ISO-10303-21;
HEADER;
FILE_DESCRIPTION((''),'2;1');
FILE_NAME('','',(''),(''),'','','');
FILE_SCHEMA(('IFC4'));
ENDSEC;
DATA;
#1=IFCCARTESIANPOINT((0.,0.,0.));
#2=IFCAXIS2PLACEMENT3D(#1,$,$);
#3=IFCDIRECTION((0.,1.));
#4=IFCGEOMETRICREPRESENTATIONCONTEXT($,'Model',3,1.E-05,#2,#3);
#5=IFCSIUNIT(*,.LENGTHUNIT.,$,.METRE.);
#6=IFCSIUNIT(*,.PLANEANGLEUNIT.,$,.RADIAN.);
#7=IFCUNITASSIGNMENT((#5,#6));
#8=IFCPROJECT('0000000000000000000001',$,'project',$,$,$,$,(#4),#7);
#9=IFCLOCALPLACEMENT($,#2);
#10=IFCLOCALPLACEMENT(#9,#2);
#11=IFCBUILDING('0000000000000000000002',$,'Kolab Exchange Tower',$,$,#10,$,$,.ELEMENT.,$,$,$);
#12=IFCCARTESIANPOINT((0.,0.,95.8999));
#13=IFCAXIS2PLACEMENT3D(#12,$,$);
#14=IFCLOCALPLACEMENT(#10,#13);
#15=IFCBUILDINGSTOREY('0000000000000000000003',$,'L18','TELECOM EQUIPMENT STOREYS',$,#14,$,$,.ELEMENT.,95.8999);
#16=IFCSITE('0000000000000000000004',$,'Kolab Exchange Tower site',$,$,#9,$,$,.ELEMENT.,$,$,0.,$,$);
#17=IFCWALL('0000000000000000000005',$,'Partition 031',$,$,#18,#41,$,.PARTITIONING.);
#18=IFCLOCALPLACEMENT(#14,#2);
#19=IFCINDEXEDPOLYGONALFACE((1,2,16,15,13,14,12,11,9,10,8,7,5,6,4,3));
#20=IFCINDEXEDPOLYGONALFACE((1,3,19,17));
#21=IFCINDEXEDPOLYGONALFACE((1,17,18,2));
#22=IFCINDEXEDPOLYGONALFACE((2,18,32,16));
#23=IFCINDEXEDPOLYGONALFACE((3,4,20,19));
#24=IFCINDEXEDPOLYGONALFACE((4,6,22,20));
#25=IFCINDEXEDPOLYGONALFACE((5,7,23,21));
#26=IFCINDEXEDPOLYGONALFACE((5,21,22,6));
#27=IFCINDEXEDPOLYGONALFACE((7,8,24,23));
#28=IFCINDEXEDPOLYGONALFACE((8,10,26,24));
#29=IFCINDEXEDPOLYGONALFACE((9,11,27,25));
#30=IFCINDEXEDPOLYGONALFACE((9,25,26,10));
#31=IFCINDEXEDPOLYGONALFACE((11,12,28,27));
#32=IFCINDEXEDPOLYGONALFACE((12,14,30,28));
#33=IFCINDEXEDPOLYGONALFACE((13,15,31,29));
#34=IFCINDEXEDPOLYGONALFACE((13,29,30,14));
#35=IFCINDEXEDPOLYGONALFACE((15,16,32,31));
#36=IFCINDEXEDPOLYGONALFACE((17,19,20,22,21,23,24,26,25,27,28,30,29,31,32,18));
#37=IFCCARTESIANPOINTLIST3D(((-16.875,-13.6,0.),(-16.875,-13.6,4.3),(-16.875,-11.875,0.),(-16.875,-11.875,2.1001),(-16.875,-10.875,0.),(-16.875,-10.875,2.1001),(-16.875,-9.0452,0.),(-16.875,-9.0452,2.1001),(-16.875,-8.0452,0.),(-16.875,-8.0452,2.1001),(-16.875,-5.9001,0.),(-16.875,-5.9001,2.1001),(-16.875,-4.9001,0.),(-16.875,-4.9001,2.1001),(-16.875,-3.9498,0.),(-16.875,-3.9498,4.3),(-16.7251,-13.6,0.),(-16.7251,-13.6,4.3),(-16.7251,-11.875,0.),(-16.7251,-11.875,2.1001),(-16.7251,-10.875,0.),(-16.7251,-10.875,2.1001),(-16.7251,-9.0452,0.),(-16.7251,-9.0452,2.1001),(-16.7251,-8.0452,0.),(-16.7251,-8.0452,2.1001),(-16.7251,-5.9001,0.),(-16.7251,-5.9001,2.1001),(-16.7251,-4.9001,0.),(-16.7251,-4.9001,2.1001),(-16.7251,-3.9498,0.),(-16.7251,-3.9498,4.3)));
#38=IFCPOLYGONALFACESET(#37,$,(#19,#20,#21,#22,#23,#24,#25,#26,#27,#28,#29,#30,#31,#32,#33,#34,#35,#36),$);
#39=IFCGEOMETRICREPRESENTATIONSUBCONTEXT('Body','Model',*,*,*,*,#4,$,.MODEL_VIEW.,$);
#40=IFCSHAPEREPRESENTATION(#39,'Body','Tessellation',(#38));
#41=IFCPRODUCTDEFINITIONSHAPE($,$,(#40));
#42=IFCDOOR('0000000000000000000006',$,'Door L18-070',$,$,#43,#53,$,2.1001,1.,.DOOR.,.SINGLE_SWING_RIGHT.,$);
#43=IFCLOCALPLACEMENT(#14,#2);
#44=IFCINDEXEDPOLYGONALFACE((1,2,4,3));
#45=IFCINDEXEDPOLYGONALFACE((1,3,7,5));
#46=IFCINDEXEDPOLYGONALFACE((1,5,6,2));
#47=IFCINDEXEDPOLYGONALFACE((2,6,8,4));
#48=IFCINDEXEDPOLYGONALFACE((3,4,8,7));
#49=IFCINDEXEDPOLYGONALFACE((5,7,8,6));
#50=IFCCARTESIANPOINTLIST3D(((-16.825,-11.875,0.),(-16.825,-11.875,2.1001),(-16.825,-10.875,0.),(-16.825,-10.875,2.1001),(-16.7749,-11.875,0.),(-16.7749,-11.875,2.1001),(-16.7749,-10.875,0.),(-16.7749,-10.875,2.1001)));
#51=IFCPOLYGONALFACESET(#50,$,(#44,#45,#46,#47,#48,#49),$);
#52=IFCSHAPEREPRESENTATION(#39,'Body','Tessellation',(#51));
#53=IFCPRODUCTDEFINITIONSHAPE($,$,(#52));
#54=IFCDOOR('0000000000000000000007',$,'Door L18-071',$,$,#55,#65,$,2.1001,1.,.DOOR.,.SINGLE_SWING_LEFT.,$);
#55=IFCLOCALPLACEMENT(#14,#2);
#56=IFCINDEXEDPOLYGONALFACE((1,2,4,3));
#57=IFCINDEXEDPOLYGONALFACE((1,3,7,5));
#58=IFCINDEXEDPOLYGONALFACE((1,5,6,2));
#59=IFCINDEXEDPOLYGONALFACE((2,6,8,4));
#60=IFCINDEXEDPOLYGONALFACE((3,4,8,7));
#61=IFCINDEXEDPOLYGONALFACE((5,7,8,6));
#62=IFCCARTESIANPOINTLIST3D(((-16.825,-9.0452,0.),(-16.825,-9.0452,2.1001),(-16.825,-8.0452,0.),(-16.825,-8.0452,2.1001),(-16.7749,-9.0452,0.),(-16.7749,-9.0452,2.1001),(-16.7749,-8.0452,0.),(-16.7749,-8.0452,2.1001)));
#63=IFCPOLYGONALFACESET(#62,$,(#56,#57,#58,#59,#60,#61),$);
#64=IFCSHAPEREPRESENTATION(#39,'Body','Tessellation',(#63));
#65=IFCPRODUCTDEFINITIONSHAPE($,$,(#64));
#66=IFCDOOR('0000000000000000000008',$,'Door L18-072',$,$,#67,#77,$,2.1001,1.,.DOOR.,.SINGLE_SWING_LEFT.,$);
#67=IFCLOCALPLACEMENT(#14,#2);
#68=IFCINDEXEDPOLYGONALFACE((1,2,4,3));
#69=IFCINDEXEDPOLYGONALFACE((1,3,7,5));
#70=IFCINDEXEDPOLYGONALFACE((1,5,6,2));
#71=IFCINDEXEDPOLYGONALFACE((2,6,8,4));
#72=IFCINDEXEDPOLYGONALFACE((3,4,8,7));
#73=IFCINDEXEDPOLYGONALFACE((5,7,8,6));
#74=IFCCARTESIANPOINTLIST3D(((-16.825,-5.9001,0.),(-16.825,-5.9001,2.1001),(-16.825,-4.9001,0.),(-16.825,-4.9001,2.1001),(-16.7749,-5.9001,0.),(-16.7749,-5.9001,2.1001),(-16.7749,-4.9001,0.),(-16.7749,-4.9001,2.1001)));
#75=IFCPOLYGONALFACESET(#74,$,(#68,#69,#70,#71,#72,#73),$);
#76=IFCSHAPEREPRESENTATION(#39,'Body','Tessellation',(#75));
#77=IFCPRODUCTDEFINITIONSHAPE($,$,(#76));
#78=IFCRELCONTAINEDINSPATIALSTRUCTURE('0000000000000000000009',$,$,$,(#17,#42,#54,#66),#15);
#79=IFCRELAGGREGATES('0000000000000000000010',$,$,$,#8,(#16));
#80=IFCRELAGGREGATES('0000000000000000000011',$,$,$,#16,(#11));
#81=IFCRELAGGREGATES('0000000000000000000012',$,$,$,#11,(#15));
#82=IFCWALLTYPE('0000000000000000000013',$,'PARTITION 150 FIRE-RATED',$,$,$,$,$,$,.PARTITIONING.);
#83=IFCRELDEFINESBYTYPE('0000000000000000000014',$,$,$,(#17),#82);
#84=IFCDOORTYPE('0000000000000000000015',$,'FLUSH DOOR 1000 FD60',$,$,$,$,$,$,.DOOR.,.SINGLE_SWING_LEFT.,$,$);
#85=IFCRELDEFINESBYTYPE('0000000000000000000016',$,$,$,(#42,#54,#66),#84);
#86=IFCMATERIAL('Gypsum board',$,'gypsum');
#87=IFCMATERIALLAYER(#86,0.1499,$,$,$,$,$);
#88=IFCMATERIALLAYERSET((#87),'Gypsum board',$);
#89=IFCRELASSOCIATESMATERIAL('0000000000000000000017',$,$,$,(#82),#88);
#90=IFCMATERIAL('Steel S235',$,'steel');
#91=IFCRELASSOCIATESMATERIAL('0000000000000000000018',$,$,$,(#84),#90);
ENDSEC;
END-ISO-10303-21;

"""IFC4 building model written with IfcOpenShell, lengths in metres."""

from ifc_helpers import new_model, si_unit, direction, frame, frame_2d, origin, place, context, subcontext, project, spatial, rectangle, extrude, material, layer, layer_set, type_object, element, fill, save


model = new_model("IFC4")

# Units and contexts
model_context = context("Model", 3, precision=1e-05, world=origin(), true_north=direction((0.0, 1.0)))
body_context = subcontext(model_context, "Body", "Model", "MODEL_VIEW")
ifc_project = project(units=[si_unit("LENGTHUNIT", "METRE"), si_unit("PLANEANGLEUNIT", "RADIAN")], contexts=[model_context])

# Site, building, storey
site_placement = place(None, origin())
site = spatial("IfcSite", under=ifc_project, at=site_placement, Name="Kolab Exchange Tower site", CompositionType="ELEMENT", RefElevation=0.0)
building_placement = place(site_placement, origin())
building = spatial("IfcBuilding", under=site, at=building_placement, Name="Kolab Exchange Tower", CompositionType="ELEMENT")
storey_placement = place(building_placement, frame((0.0, 0.0, 95.8999)))
storey = spatial("IfcBuildingStorey", under=building, at=storey_placement, Name="L18", Description="TELECOM EQUIPMENT STOREYS", CompositionType="ELEMENT", Elevation=95.8999)

# Shared definitions
ifc_material_1 = material(Name="Gypsum board", Category="gypsum")

# Wall, openings, doors
ifc_layer_1 = layer(ifc_material_1, 0.1499)
ifc_layer_set_1 = layer_set([ifc_layer_1], Name="Gypsum board")
wall_type_1 = type_object("IfcWallType", Name="PARTITION 150 FIRE-RATED", PredefinedType="PARTITIONING", material=ifc_layer_set_1)
wall_1_placement = place(storey_placement, frame((-16.8, -13.6001, 0.0), z_axis=(0.0, 0.0, 1.0), x_axis=(0.0, 1.0, 0.0)))
wall_1 = element("IfcWall", 1, at=wall_1_placement, inside=storey, type_object=wall_type_1, Name="Partition 031", PredefinedType="PARTITIONING", context=body_context, shape_type="SweptSolid", body=[
    extrude(rectangle(XDim=9.6501, YDim=0.1499, at=frame_2d((4.8252, 0.0))), origin(), (0.0, 0.0, 1.0), 4.3),
])
opening_1_placement = place(wall_1_placement, frame((1.7251, 0.0, 0.0)))
opening_1 = element("IfcOpeningElement", 2, at=opening_1_placement, cuts=wall_1, PredefinedType="OPENING", context=body_context, shape_type="SweptSolid", body=[
    extrude(rectangle(XDim=1.0, YDim=2.1001, at=frame_2d((0.5, 1.05))), frame((0.0, 0.085, 0.0), z_axis=(0.0, -1.0, 0.0), x_axis=(1.0, 0.0, 0.0)), (0.0, 0.0, 1.0), 0.1699),
])
opening_2_placement = place(wall_1_placement, frame((4.5549, 0.0, 0.0)))
opening_2 = element("IfcOpeningElement", 3, at=opening_2_placement, cuts=wall_1, PredefinedType="OPENING", context=body_context, shape_type="SweptSolid", body=[
    extrude(rectangle(XDim=1.0, YDim=2.1001, at=frame_2d((0.5, 1.05))), frame((0.0, 0.085, 0.0), z_axis=(0.0, -1.0, 0.0), x_axis=(1.0, 0.0, 0.0)), (0.0, 0.0, 1.0), 0.1699),
])
opening_3_placement = place(wall_1_placement, frame((7.7, 0.0, 0.0)))
opening_3 = element("IfcOpeningElement", 4, at=opening_3_placement, cuts=wall_1, PredefinedType="OPENING", context=body_context, shape_type="SweptSolid", body=[
    extrude(rectangle(XDim=1.0, YDim=2.1001, at=frame_2d((0.5, 1.05))), frame((0.0, 0.085, 0.0), z_axis=(0.0, -1.0, 0.0), x_axis=(1.0, 0.0, 0.0)), (0.0, 0.0, 1.0), 0.1699),
])
ifc_material_2 = material(Name="Steel S235", Category="steel")
door_type_1 = type_object("IfcDoorType", Name="FLUSH DOOR 1000 FD60", OperationType="SINGLE_SWING_LEFT", PredefinedType="DOOR", material=ifc_material_2)
door_1_placement = place(opening_1_placement, origin())
door_1 = element("IfcDoor", 5, at=door_1_placement, inside=storey, type_object=door_type_1, Name="Door L18-070", OperationType="SINGLE_SWING_RIGHT", OverallHeight=2.1001, OverallWidth=1.0, PredefinedType="DOOR", context=body_context, shape_type="SweptSolid", body=[
    extrude(rectangle(XDim=1.0, YDim=2.1001, at=frame_2d((0.5, 1.05))), frame((0.0, 0.0249, 0.0), z_axis=(0.0, -1.0, 0.0), x_axis=(1.0, 0.0, 0.0)), (0.0, 0.0, 1.0), 0.05),
])
fill(opening_1, door_1)
door_2_placement = place(opening_2_placement, origin())
door_2 = element("IfcDoor", 6, at=door_2_placement, inside=storey, type_object=door_type_1, Name="Door L18-071", OperationType="SINGLE_SWING_LEFT", OverallHeight=2.1001, OverallWidth=1.0, PredefinedType="DOOR", context=body_context, shape_type="SweptSolid", body=[
    extrude(rectangle(XDim=1.0, YDim=2.1001, at=frame_2d((0.5, 1.05))), frame((0.0, 0.0249, 0.0), z_axis=(0.0, -1.0, 0.0), x_axis=(1.0, 0.0, 0.0)), (0.0, 0.0, 1.0), 0.05),
])
fill(opening_2, door_2)
door_3_placement = place(opening_3_placement, origin())
door_3 = element("IfcDoor", 7, at=door_3_placement, inside=storey, type_object=door_type_1, Name="Door L18-072", OperationType="SINGLE_SWING_LEFT", OverallHeight=2.1001, OverallWidth=1.0, PredefinedType="DOOR", context=body_context, shape_type="SweptSolid", body=[
    extrude(rectangle(XDim=1.0, YDim=2.1001, at=frame_2d((0.5, 1.05))), frame((0.0, 0.0249, 0.0), z_axis=(0.0, -1.0, 0.0), x_axis=(1.0, 0.0, 0.0)), (0.0, 0.0, 1.0), 0.05),
])
fill(opening_3, door_3)

save(model, "model.ifc")
